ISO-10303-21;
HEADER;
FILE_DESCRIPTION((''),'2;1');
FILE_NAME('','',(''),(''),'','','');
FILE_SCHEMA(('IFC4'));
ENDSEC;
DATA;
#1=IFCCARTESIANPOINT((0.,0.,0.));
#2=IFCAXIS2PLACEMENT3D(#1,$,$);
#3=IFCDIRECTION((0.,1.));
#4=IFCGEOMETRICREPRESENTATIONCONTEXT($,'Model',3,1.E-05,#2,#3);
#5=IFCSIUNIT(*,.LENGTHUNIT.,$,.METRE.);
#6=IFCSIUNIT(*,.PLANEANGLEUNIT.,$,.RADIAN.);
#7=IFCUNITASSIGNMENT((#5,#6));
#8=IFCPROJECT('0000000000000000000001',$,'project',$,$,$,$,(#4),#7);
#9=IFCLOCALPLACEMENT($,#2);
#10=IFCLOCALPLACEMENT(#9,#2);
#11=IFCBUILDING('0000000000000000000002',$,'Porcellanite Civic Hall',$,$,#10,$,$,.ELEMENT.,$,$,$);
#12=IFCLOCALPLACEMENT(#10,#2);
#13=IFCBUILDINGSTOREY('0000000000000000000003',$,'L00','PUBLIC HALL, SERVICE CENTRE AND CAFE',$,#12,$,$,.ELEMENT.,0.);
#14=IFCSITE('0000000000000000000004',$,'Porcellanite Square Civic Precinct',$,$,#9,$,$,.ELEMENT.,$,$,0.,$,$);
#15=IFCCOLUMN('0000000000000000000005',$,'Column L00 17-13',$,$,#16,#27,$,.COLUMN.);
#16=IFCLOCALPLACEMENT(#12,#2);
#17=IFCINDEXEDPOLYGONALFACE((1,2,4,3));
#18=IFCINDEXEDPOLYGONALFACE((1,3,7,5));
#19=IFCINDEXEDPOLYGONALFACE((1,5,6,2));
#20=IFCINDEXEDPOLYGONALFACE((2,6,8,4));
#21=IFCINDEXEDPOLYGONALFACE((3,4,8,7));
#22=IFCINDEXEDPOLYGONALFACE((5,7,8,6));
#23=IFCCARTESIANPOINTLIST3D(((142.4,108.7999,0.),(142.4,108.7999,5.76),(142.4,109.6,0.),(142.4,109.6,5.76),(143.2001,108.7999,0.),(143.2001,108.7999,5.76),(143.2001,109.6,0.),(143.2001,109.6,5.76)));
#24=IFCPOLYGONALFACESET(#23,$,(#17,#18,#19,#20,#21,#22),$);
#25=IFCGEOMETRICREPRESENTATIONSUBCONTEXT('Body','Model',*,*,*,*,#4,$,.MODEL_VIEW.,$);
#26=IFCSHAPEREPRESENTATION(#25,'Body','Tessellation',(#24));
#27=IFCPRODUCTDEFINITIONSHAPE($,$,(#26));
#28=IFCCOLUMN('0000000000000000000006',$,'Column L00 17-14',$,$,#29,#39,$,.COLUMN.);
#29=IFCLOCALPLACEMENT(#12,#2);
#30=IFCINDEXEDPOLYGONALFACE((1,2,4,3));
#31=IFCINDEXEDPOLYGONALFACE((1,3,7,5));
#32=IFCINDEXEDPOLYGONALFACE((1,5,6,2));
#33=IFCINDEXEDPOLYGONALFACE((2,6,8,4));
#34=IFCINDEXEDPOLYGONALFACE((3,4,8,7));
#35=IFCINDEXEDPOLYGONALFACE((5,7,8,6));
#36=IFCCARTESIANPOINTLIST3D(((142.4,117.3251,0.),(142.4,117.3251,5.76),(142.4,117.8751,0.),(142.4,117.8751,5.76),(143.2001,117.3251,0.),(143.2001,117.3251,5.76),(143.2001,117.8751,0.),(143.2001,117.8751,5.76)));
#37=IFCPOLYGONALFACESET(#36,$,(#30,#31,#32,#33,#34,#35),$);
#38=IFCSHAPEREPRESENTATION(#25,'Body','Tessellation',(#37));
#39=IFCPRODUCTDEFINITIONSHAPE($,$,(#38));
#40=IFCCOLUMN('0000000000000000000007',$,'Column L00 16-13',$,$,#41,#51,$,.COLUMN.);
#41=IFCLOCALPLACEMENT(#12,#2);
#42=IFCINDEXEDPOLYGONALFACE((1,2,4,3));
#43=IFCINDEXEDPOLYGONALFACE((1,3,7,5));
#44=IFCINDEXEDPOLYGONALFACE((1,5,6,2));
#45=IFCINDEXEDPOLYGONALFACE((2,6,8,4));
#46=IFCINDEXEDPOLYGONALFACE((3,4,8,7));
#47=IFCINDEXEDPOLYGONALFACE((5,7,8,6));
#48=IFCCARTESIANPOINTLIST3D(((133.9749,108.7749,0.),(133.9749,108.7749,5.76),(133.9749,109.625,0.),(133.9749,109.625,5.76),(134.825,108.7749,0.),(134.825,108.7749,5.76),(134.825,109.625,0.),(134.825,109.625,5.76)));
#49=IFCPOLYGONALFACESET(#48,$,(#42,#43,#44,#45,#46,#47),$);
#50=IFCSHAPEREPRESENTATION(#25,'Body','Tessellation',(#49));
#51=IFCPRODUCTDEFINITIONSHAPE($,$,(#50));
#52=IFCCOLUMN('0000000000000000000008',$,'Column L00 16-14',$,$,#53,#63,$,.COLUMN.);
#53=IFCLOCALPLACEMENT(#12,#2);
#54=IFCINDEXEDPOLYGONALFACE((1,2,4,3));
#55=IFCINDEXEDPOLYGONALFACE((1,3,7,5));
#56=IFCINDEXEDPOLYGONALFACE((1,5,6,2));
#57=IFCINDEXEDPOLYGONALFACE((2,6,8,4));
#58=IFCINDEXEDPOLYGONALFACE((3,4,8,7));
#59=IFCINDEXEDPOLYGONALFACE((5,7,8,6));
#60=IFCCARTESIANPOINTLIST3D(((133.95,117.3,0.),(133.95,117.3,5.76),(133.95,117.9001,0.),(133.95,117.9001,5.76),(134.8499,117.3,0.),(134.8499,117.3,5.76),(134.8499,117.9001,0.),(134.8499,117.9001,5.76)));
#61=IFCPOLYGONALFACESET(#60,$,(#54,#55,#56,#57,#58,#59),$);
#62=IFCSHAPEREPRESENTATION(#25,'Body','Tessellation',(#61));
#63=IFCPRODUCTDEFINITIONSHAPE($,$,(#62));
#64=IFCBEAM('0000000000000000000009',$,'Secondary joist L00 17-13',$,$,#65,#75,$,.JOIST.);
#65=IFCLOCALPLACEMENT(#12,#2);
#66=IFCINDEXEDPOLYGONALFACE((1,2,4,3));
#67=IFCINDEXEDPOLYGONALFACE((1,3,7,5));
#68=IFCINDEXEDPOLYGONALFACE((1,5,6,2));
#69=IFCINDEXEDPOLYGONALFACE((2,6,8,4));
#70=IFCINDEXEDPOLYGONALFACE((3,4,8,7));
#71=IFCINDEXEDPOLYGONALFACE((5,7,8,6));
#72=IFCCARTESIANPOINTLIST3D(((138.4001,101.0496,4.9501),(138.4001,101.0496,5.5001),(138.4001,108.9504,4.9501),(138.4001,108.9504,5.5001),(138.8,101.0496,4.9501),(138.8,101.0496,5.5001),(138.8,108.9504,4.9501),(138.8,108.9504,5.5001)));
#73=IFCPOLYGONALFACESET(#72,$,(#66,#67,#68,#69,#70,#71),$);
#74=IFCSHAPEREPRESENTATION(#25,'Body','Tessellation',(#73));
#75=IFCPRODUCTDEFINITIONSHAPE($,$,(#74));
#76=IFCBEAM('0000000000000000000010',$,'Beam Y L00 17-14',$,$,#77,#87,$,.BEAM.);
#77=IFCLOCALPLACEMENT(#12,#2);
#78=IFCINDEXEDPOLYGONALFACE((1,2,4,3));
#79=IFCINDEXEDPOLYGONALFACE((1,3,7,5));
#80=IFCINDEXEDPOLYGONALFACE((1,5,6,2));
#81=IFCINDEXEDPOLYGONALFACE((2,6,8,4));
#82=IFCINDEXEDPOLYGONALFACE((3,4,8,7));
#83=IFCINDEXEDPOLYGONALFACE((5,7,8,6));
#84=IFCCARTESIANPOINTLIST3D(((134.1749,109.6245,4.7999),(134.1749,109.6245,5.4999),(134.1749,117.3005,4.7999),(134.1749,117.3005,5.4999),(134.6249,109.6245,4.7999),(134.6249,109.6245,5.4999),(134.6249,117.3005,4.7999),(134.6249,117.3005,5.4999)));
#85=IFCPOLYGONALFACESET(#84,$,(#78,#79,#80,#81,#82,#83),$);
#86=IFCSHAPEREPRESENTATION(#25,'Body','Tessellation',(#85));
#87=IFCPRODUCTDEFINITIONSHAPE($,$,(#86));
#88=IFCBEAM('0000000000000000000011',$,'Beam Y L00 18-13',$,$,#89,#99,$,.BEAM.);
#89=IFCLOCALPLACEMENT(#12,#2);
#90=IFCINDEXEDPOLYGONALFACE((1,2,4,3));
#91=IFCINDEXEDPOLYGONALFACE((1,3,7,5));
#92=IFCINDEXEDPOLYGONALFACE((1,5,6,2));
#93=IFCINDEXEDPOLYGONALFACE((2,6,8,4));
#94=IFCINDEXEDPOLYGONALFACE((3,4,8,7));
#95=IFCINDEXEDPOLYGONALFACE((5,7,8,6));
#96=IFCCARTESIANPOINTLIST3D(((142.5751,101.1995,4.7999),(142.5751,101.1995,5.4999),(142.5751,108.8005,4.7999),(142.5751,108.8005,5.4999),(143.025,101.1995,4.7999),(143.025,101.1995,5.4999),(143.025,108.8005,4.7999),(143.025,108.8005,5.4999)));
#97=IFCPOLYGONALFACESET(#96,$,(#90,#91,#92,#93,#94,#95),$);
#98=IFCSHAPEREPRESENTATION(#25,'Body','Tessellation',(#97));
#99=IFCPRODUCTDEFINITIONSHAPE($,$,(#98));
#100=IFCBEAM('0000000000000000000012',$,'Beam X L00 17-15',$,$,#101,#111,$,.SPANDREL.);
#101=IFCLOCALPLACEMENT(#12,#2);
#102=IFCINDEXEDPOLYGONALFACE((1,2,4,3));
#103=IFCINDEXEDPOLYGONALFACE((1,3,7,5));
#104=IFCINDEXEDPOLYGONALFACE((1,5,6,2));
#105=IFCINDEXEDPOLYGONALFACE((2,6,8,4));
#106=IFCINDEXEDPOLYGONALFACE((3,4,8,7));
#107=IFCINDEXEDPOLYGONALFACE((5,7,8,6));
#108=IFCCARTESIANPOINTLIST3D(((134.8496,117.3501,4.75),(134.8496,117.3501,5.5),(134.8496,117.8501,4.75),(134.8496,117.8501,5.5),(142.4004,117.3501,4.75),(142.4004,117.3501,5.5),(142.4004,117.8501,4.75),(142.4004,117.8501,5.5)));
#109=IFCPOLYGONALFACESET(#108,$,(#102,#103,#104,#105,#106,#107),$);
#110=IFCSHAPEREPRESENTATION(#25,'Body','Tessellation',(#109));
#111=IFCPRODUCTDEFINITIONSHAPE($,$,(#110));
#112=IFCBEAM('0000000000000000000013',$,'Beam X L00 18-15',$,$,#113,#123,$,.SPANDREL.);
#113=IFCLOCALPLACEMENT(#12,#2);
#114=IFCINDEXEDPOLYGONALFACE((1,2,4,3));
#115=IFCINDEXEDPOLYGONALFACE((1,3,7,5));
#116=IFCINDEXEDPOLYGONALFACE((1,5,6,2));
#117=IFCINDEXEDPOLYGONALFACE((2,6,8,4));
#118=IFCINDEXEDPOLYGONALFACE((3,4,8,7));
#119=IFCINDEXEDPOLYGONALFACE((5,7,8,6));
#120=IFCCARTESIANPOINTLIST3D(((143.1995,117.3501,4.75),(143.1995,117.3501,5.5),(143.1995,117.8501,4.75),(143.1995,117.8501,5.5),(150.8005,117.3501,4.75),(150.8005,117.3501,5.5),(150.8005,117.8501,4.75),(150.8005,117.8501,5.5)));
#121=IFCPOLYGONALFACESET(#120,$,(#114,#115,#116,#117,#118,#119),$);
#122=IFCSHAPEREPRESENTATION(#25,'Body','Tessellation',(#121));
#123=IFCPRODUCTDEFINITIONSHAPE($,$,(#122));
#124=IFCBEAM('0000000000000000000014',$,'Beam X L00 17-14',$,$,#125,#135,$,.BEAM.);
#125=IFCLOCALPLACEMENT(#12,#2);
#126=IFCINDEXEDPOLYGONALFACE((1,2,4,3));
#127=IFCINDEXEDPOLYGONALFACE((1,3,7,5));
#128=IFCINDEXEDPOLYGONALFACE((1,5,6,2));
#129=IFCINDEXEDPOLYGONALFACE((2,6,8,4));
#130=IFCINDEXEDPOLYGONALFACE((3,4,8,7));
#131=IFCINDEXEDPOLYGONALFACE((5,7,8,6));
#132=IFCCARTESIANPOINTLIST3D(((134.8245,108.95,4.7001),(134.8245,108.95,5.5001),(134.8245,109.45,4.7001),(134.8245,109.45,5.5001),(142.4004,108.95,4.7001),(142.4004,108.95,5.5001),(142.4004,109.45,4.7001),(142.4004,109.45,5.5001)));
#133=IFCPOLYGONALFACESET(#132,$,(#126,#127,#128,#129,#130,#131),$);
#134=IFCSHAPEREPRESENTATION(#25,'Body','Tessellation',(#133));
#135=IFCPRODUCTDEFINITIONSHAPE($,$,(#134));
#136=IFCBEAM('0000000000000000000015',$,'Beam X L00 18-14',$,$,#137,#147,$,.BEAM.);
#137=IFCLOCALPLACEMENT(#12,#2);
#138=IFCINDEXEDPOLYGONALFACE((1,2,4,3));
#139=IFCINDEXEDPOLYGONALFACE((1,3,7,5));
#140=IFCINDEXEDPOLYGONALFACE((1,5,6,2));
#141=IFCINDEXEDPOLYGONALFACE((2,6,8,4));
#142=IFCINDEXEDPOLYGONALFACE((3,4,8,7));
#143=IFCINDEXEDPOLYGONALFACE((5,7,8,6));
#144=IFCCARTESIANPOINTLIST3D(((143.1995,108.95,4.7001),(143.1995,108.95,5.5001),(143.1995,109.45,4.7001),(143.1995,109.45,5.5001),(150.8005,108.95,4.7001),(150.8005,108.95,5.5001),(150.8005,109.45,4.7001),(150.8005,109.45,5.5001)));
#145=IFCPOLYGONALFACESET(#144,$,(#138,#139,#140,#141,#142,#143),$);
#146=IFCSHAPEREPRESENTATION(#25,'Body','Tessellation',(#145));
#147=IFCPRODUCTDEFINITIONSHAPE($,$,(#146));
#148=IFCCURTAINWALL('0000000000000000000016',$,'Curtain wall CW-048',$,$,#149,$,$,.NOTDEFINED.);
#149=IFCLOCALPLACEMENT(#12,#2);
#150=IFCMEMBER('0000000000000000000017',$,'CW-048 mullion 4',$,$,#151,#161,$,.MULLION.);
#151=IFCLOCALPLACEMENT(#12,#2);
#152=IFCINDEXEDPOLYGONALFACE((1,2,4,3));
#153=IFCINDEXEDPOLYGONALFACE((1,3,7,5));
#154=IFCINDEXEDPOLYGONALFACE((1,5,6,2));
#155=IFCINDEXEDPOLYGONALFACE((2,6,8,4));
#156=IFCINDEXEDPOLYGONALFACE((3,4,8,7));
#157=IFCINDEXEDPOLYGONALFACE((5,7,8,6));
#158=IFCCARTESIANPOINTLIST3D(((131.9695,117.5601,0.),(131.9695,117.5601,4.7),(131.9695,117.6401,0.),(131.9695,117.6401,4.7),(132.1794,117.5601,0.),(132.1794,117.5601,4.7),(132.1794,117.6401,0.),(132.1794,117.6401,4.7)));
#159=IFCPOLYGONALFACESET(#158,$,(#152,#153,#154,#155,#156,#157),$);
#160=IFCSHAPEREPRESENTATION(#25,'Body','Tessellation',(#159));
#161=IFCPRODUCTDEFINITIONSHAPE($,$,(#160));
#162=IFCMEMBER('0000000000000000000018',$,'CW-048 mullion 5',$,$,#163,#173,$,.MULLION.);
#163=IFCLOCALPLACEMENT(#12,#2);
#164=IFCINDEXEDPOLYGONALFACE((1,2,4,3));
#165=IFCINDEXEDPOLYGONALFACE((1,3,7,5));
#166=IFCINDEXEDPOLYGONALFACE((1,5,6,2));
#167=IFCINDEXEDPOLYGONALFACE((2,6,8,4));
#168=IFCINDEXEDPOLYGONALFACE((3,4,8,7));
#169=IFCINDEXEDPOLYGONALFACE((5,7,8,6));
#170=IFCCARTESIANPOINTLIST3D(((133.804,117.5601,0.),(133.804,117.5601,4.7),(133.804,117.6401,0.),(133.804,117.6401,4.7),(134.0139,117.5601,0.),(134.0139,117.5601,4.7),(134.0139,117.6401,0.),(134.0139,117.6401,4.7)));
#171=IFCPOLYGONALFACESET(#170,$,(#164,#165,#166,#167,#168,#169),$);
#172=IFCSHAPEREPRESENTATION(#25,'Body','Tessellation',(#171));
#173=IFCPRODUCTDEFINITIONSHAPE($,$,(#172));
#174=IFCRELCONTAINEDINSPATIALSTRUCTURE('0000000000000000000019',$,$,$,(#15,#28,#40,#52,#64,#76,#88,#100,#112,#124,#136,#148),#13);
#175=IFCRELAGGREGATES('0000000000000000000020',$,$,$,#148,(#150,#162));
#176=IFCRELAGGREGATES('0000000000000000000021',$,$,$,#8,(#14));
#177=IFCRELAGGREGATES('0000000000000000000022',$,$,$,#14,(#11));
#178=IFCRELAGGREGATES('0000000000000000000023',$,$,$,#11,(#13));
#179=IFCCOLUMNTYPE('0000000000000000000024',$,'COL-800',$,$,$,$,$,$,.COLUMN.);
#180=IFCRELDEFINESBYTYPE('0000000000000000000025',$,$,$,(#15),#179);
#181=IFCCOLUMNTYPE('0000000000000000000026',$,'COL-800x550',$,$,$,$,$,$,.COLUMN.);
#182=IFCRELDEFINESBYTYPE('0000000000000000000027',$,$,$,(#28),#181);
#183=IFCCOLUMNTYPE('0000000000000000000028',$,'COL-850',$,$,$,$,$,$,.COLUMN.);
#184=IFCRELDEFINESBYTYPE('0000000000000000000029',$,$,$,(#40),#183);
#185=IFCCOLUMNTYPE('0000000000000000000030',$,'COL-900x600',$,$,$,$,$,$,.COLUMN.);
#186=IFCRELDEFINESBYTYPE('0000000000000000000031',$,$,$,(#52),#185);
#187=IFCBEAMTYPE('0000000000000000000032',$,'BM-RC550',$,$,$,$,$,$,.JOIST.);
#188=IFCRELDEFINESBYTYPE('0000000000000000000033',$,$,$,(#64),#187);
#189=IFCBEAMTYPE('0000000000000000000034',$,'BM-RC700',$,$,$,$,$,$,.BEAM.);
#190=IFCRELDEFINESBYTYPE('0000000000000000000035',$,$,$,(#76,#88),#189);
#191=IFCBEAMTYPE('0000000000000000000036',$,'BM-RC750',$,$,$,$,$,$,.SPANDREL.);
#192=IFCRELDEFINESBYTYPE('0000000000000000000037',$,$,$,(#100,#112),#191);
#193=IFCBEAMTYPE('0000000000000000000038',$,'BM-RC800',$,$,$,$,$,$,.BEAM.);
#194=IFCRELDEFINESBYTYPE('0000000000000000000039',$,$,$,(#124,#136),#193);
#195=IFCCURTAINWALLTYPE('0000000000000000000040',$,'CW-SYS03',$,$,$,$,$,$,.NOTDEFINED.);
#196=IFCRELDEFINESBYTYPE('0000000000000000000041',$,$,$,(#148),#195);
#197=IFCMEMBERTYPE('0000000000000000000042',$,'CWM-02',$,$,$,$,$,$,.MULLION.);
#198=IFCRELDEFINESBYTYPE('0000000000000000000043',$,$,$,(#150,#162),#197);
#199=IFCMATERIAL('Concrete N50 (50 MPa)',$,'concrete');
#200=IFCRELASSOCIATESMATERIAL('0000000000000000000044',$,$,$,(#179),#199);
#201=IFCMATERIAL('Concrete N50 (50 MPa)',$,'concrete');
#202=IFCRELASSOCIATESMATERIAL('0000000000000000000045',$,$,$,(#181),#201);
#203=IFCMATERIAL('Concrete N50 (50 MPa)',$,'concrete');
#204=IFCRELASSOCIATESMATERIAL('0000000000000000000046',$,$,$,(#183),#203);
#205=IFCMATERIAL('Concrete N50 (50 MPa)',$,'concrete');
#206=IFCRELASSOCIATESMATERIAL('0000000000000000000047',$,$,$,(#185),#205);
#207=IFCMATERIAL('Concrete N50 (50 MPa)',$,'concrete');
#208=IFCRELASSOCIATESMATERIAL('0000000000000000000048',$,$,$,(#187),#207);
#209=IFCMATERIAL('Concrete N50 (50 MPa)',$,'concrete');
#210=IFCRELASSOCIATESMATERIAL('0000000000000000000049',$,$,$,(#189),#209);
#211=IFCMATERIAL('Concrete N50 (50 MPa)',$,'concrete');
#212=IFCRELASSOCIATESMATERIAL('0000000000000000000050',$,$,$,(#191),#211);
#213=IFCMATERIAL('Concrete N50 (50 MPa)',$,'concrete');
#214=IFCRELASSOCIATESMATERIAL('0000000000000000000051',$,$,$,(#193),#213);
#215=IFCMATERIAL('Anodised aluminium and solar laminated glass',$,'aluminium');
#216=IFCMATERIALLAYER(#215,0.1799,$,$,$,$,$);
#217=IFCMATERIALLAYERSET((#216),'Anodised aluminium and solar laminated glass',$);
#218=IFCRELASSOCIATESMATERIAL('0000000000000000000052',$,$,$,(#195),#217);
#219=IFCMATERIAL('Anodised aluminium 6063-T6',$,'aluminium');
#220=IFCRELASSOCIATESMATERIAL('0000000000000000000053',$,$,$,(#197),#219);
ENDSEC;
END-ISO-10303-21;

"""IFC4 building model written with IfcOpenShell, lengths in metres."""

from ifc_helpers import new_model, si_unit, direction, frame, origin, origin_2d, place, context, subcontext, project, spatial, rectangle, extrude, material, layer, layer_set, material_profile, profile_set, type_object, element, aggregate, save


model = new_model("IFC4")

# Units and contexts
model_context = context("Model", 3, precision=1e-05, world=origin(), true_north=direction((0.0, 1.0)))
body_context = subcontext(model_context, "Body", "Model", "MODEL_VIEW")
ifc_project = project(units=[si_unit("LENGTHUNIT", "METRE"), si_unit("PLANEANGLEUNIT", "RADIAN")], contexts=[model_context])

# Site, building, storey
site_placement = place(None, origin())
site = spatial("IfcSite", under=ifc_project, at=site_placement, Name="Porcellanite Square Civic Precinct", CompositionType="ELEMENT", RefElevation=0.0)
building_placement = place(site_placement, origin())
building = spatial("IfcBuilding", under=site, at=building_placement, Name="Porcellanite Civic Hall", CompositionType="ELEMENT")
storey_placement = place(building_placement, origin())
storey = spatial("IfcBuildingStorey", under=building, at=storey_placement, Name="L00", Description="PUBLIC HALL, SERVICE CENTRE AND CAFE", CompositionType="ELEMENT", Elevation=0.0)

# Columns
ifc_material_1 = material(Name="Concrete N50 (50 MPa)", Category="concrete")
ifc_material_profile_1 = material_profile(ifc_material_1, rectangle(XDim=0.8, YDim=0.8, at=origin_2d()), Name="RC-800x800")
ifc_profile_set_1 = profile_set([ifc_material_profile_1], Name="Concrete N50 (50 MPa)")
column_type_1 = type_object("IfcColumnType", Name="COL-800", PredefinedType="COLUMN", material=ifc_profile_set_1)
column_1_placement = place(storey_placement, frame((142.8, 109.2, 0.0), z_axis=(0.0, 0.0, 1.0), x_axis=(1.0, 0.0, 0.0)))
element("IfcColumn", 1, at=column_1_placement, inside=storey, type_object=column_type_1, Name="Column L00 17-13", PredefinedType="COLUMN", context=body_context, shape_type="SweptSolid", body=[
    extrude(rectangle(XDim=0.8, YDim=0.8, at=origin_2d()), origin(), (0.0, 0.0, 1.0), 5.76),
])
ifc_material_2 = material(Name="Concrete N50 (50 MPa)", Category="concrete")
ifc_material_profile_2 = material_profile(ifc_material_2, rectangle(XDim=0.8, YDim=0.55, at=origin_2d()), Name="RC-800x550")
ifc_profile_set_2 = profile_set([ifc_material_profile_2], Name="Concrete N50 (50 MPa)")
column_type_2 = type_object("IfcColumnType", Name="COL-800x550", PredefinedType="COLUMN", material=ifc_profile_set_2)
column_2_placement = place(storey_placement, frame((142.8, 117.6001, 0.0), z_axis=(0.0, 0.0, 1.0), x_axis=(1.0, 0.0, 0.0)))
element("IfcColumn", 2, at=column_2_placement, inside=storey, type_object=column_type_2, Name="Column L00 17-14", PredefinedType="COLUMN", context=body_context, shape_type="SweptSolid", body=[
    extrude(rectangle(XDim=0.8, YDim=0.55, at=origin_2d()), origin(), (0.0, 0.0, 1.0), 5.76),
])
ifc_material_3 = material(Name="Concrete N50 (50 MPa)", Category="concrete")
ifc_material_profile_3 = material_profile(ifc_material_3, rectangle(XDim=0.8501, YDim=0.8501, at=origin_2d()), Name="RC-850x850")
ifc_profile_set_3 = profile_set([ifc_material_profile_3], Name="Concrete N50 (50 MPa)")
column_type_3 = type_object("IfcColumnType", Name="COL-850", PredefinedType="COLUMN", material=ifc_profile_set_3)
column_3_placement = place(storey_placement, frame((134.3999, 109.2, 0.0), z_axis=(0.0, 0.0, 1.0), x_axis=(1.0, 0.0, 0.0)))
element("IfcColumn", 3, at=column_3_placement, inside=storey, type_object=column_type_3, Name="Column L00 16-13", PredefinedType="COLUMN", context=body_context, shape_type="SweptSolid", body=[
    extrude(rectangle(XDim=0.8501, YDim=0.8501, at=origin_2d()), origin(), (0.0, 0.0, 1.0), 5.76),
])
ifc_material_4 = material(Name="Concrete N50 (50 MPa)", Category="concrete")
ifc_material_profile_4 = material_profile(ifc_material_4, rectangle(XDim=0.8999, YDim=0.6001, at=origin_2d()), Name="RC-900x600")
ifc_profile_set_4 = profile_set([ifc_material_profile_4], Name="Concrete N50 (50 MPa)")
column_type_4 = type_object("IfcColumnType", Name="COL-900x600", PredefinedType="COLUMN", material=ifc_profile_set_4)
column_4_placement = place(storey_placement, frame((134.3999, 117.6001, 0.0), z_axis=(0.0, 0.0, 1.0), x_axis=(1.0, 0.0, 0.0)))
element("IfcColumn", 4, at=column_4_placement, inside=storey, type_object=column_type_4, Name="Column L00 16-14", PredefinedType="COLUMN", context=body_context, shape_type="SweptSolid", body=[
    extrude(rectangle(XDim=0.8999, YDim=0.6001, at=origin_2d()), origin(), (0.0, 0.0, 1.0), 5.76),
])

# Beams
ifc_material_5 = material(Name="Concrete N50 (50 MPa)", Category="concrete")
ifc_material_profile_5 = material_profile(ifc_material_5, rectangle(XDim=0.3999, YDim=0.55, at=origin_2d()), Name="RC-400x550")
ifc_profile_set_5 = profile_set([ifc_material_profile_5], Name="Concrete N50 (50 MPa)")
beam_type_1 = type_object("IfcBeamType", Name="BM-RC550", PredefinedType="JOIST", material=ifc_profile_set_5)
beam_1_placement = place(storey_placement, frame((138.6001, 101.0496, 5.2251), z_axis=(0.0, 1.0, 0.0), x_axis=(-1.0, 0.0, 0.0)))
element("IfcBeam", 5, at=beam_1_placement, inside=storey, type_object=beam_type_1, Name="Secondary joist L00 17-13", PredefinedType="JOIST", context=body_context, shape_type="SweptSolid", body=[
    extrude(rectangle(XDim=0.3999, YDim=0.55, at=origin_2d()), origin(), (0.0, 0.0, 1.0), 7.9009),
])
ifc_material_6 = material(Name="Concrete N50 (50 MPa)", Category="concrete")
ifc_material_profile_6 = material_profile(ifc_material_6, rectangle(XDim=0.45, YDim=0.7, at=origin_2d()), Name="RC-450x700")
ifc_profile_set_6 = profile_set([ifc_material_profile_6], Name="Concrete N50 (50 MPa)")
beam_type_2 = type_object("IfcBeamType", Name="BM-RC700", PredefinedType="BEAM", material=ifc_profile_set_6)
beam_2_placement = place(storey_placement, frame((134.3999, 109.6245, 5.1499), z_axis=(0.0, 1.0, 0.0), x_axis=(-1.0, 0.0, 0.0)))
element("IfcBeam", 6, at=beam_2_placement, inside=storey, type_object=beam_type_2, Name="Beam Y L00 17-14", PredefinedType="BEAM", context=body_context, shape_type="SweptSolid", body=[
    extrude(rectangle(XDim=0.45, YDim=0.7, at=origin_2d()), origin(), (0.0, 0.0, 1.0), 7.676),
])
beam_3_placement = place(storey_placement, frame((142.8, 101.1995, 5.1499), z_axis=(0.0, 1.0, 0.0), x_axis=(-1.0, 0.0, 0.0)))
element("IfcBeam", 7, at=beam_3_placement, inside=storey, type_object=beam_type_2, Name="Beam Y L00 18-13", PredefinedType="BEAM", context=body_context, shape_type="SweptSolid", body=[
    extrude(rectangle(XDim=0.45, YDim=0.7, at=origin_2d()), origin(), (0.0, 0.0, 1.0), 7.6011),
])
ifc_material_7 = material(Name="Concrete N50 (50 MPa)", Category="concrete")
ifc_material_profile_7 = material_profile(ifc_material_7, rectangle(XDim=0.5, YDim=0.75, at=origin_2d()), Name="RC-500x750")
ifc_profile_set_7 = profile_set([ifc_material_profile_7], Name="Concrete N50 (50 MPa)")
beam_type_3 = type_object("IfcBeamType", Name="BM-RC750", PredefinedType="SPANDREL", material=ifc_profile_set_7)
beam_4_placement = place(storey_placement, frame((134.8496, 117.6001, 5.125), z_axis=(1.0, 0.0, 0.0), x_axis=(0.0, 1.0, 0.0)))
element("IfcBeam", 8, at=beam_4_placement, inside=storey, type_object=beam_type_3, Name="Beam X L00 17-15", PredefinedType="SPANDREL", context=body_context, shape_type="SweptSolid", body=[
    extrude(rectangle(XDim=0.5, YDim=0.75, at=origin_2d()), origin(), (0.0, 0.0, 1.0), 7.5508),
])
beam_5_placement = place(storey_placement, frame((143.1995, 117.6001, 5.125), z_axis=(1.0, 0.0, 0.0), x_axis=(0.0, 1.0, 0.0)))
element("IfcBeam", 9, at=beam_5_placement, inside=storey, type_object=beam_type_3, Name="Beam X L00 18-15", PredefinedType="SPANDREL", context=body_context, shape_type="SweptSolid", body=[
    extrude(rectangle(XDim=0.5, YDim=0.75, at=origin_2d()), origin(), (0.0, 0.0, 1.0), 7.6011),
])
ifc_material_8 = material(Name="Concrete N50 (50 MPa)", Category="concrete")
ifc_material_profile_8 = material_profile(ifc_material_8, rectangle(XDim=0.5, YDim=0.8, at=origin_2d()), Name="RC-500x800")
ifc_profile_set_8 = profile_set([ifc_material_profile_8], Name="Concrete N50 (50 MPa)")
beam_type_4 = type_object("IfcBeamType", Name="BM-RC800", PredefinedType="BEAM", material=ifc_profile_set_8)
beam_6_placement = place(storey_placement, frame((134.8245, 109.2, 5.1001), z_axis=(1.0, 0.0, 0.0), x_axis=(0.0, 1.0, 0.0)))
element("IfcBeam", 10, at=beam_6_placement, inside=storey, type_object=beam_type_4, Name="Beam X L00 17-14", PredefinedType="BEAM", context=body_context, shape_type="SweptSolid", body=[
    extrude(rectangle(XDim=0.5, YDim=0.8, at=origin_2d()), origin(), (0.0, 0.0, 1.0), 7.5759),
])
beam_7_placement = place(storey_placement, frame((143.1995, 109.2, 5.1001), z_axis=(1.0, 0.0, 0.0), x_axis=(0.0, 1.0, 0.0)))
element("IfcBeam", 11, at=beam_7_placement, inside=storey, type_object=beam_type_4, Name="Beam X L00 18-14", PredefinedType="BEAM", context=body_context, shape_type="SweptSolid", body=[
    extrude(rectangle(XDim=0.5, YDim=0.8, at=origin_2d()), origin(), (0.0, 0.0, 1.0), 7.6011),
])

# Curtain wall, members
ifc_material_9 = material(Name="Anodised aluminium and solar laminated glass", Category="aluminium")
ifc_layer_1 = layer(ifc_material_9, 0.1799)
ifc_layer_set_1 = layer_set([ifc_layer_1], Name="Anodised aluminium and solar laminated glass")
curtain_wall_type = type_object("IfcCurtainWallType", Name="CW-SYS03", PredefinedType="NOTDEFINED", material=ifc_layer_set_1)
curtain_wall_placement = place(storey_placement, origin())
curtain_wall = element("IfcCurtainWall", 12, at=curtain_wall_placement, inside=storey, type_object=curtain_wall_type, Name="Curtain wall CW-048", PredefinedType="NOTDEFINED")
ifc_material_10 = material(Name="Anodised aluminium 6063-T6", Category="aluminium")
ifc_material_profile_9 = material_profile(ifc_material_10, rectangle(XDim=0.0801, YDim=0.21, at=origin_2d()), Name="AL-80x210")
ifc_profile_set_9 = profile_set([ifc_material_profile_9], Name="Anodised aluminium 6063-T6")
member_type_1 = type_object("IfcMemberType", Name="CWM-02", PredefinedType="MULLION", material=ifc_profile_set_9)
member_1_placement = place(storey_placement, frame((132.0745, 117.6001, 0.0), z_axis=(0.0, 0.0, 1.0), x_axis=(0.0, 1.0, 0.0)))
member_1 = element("IfcMember", 13, at=member_1_placement, type_object=member_type_1, Name="CW-048 mullion 4", PredefinedType="MULLION", context=body_context, shape_type="SweptSolid", body=[
    extrude(rectangle(XDim=0.0801, YDim=0.21, at=origin_2d()), origin(), (0.0, 0.0, 1.0), 4.7),
])
member_2_placement = place(storey_placement, frame((133.9089, 117.6001, 0.0), z_axis=(0.0, 0.0, 1.0), x_axis=(0.0, 1.0, 0.0)))
member_2 = element("IfcMember", 14, at=member_2_placement, type_object=member_type_1, Name="CW-048 mullion 5", PredefinedType="MULLION", context=body_context, shape_type="SweptSolid", body=[
    extrude(rectangle(XDim=0.0801, YDim=0.21, at=origin_2d()), origin(), (0.0, 0.0, 1.0), 4.7),
])

aggregate(curtain_wall, [member_1, member_2])

save(model, "model.ifc")
